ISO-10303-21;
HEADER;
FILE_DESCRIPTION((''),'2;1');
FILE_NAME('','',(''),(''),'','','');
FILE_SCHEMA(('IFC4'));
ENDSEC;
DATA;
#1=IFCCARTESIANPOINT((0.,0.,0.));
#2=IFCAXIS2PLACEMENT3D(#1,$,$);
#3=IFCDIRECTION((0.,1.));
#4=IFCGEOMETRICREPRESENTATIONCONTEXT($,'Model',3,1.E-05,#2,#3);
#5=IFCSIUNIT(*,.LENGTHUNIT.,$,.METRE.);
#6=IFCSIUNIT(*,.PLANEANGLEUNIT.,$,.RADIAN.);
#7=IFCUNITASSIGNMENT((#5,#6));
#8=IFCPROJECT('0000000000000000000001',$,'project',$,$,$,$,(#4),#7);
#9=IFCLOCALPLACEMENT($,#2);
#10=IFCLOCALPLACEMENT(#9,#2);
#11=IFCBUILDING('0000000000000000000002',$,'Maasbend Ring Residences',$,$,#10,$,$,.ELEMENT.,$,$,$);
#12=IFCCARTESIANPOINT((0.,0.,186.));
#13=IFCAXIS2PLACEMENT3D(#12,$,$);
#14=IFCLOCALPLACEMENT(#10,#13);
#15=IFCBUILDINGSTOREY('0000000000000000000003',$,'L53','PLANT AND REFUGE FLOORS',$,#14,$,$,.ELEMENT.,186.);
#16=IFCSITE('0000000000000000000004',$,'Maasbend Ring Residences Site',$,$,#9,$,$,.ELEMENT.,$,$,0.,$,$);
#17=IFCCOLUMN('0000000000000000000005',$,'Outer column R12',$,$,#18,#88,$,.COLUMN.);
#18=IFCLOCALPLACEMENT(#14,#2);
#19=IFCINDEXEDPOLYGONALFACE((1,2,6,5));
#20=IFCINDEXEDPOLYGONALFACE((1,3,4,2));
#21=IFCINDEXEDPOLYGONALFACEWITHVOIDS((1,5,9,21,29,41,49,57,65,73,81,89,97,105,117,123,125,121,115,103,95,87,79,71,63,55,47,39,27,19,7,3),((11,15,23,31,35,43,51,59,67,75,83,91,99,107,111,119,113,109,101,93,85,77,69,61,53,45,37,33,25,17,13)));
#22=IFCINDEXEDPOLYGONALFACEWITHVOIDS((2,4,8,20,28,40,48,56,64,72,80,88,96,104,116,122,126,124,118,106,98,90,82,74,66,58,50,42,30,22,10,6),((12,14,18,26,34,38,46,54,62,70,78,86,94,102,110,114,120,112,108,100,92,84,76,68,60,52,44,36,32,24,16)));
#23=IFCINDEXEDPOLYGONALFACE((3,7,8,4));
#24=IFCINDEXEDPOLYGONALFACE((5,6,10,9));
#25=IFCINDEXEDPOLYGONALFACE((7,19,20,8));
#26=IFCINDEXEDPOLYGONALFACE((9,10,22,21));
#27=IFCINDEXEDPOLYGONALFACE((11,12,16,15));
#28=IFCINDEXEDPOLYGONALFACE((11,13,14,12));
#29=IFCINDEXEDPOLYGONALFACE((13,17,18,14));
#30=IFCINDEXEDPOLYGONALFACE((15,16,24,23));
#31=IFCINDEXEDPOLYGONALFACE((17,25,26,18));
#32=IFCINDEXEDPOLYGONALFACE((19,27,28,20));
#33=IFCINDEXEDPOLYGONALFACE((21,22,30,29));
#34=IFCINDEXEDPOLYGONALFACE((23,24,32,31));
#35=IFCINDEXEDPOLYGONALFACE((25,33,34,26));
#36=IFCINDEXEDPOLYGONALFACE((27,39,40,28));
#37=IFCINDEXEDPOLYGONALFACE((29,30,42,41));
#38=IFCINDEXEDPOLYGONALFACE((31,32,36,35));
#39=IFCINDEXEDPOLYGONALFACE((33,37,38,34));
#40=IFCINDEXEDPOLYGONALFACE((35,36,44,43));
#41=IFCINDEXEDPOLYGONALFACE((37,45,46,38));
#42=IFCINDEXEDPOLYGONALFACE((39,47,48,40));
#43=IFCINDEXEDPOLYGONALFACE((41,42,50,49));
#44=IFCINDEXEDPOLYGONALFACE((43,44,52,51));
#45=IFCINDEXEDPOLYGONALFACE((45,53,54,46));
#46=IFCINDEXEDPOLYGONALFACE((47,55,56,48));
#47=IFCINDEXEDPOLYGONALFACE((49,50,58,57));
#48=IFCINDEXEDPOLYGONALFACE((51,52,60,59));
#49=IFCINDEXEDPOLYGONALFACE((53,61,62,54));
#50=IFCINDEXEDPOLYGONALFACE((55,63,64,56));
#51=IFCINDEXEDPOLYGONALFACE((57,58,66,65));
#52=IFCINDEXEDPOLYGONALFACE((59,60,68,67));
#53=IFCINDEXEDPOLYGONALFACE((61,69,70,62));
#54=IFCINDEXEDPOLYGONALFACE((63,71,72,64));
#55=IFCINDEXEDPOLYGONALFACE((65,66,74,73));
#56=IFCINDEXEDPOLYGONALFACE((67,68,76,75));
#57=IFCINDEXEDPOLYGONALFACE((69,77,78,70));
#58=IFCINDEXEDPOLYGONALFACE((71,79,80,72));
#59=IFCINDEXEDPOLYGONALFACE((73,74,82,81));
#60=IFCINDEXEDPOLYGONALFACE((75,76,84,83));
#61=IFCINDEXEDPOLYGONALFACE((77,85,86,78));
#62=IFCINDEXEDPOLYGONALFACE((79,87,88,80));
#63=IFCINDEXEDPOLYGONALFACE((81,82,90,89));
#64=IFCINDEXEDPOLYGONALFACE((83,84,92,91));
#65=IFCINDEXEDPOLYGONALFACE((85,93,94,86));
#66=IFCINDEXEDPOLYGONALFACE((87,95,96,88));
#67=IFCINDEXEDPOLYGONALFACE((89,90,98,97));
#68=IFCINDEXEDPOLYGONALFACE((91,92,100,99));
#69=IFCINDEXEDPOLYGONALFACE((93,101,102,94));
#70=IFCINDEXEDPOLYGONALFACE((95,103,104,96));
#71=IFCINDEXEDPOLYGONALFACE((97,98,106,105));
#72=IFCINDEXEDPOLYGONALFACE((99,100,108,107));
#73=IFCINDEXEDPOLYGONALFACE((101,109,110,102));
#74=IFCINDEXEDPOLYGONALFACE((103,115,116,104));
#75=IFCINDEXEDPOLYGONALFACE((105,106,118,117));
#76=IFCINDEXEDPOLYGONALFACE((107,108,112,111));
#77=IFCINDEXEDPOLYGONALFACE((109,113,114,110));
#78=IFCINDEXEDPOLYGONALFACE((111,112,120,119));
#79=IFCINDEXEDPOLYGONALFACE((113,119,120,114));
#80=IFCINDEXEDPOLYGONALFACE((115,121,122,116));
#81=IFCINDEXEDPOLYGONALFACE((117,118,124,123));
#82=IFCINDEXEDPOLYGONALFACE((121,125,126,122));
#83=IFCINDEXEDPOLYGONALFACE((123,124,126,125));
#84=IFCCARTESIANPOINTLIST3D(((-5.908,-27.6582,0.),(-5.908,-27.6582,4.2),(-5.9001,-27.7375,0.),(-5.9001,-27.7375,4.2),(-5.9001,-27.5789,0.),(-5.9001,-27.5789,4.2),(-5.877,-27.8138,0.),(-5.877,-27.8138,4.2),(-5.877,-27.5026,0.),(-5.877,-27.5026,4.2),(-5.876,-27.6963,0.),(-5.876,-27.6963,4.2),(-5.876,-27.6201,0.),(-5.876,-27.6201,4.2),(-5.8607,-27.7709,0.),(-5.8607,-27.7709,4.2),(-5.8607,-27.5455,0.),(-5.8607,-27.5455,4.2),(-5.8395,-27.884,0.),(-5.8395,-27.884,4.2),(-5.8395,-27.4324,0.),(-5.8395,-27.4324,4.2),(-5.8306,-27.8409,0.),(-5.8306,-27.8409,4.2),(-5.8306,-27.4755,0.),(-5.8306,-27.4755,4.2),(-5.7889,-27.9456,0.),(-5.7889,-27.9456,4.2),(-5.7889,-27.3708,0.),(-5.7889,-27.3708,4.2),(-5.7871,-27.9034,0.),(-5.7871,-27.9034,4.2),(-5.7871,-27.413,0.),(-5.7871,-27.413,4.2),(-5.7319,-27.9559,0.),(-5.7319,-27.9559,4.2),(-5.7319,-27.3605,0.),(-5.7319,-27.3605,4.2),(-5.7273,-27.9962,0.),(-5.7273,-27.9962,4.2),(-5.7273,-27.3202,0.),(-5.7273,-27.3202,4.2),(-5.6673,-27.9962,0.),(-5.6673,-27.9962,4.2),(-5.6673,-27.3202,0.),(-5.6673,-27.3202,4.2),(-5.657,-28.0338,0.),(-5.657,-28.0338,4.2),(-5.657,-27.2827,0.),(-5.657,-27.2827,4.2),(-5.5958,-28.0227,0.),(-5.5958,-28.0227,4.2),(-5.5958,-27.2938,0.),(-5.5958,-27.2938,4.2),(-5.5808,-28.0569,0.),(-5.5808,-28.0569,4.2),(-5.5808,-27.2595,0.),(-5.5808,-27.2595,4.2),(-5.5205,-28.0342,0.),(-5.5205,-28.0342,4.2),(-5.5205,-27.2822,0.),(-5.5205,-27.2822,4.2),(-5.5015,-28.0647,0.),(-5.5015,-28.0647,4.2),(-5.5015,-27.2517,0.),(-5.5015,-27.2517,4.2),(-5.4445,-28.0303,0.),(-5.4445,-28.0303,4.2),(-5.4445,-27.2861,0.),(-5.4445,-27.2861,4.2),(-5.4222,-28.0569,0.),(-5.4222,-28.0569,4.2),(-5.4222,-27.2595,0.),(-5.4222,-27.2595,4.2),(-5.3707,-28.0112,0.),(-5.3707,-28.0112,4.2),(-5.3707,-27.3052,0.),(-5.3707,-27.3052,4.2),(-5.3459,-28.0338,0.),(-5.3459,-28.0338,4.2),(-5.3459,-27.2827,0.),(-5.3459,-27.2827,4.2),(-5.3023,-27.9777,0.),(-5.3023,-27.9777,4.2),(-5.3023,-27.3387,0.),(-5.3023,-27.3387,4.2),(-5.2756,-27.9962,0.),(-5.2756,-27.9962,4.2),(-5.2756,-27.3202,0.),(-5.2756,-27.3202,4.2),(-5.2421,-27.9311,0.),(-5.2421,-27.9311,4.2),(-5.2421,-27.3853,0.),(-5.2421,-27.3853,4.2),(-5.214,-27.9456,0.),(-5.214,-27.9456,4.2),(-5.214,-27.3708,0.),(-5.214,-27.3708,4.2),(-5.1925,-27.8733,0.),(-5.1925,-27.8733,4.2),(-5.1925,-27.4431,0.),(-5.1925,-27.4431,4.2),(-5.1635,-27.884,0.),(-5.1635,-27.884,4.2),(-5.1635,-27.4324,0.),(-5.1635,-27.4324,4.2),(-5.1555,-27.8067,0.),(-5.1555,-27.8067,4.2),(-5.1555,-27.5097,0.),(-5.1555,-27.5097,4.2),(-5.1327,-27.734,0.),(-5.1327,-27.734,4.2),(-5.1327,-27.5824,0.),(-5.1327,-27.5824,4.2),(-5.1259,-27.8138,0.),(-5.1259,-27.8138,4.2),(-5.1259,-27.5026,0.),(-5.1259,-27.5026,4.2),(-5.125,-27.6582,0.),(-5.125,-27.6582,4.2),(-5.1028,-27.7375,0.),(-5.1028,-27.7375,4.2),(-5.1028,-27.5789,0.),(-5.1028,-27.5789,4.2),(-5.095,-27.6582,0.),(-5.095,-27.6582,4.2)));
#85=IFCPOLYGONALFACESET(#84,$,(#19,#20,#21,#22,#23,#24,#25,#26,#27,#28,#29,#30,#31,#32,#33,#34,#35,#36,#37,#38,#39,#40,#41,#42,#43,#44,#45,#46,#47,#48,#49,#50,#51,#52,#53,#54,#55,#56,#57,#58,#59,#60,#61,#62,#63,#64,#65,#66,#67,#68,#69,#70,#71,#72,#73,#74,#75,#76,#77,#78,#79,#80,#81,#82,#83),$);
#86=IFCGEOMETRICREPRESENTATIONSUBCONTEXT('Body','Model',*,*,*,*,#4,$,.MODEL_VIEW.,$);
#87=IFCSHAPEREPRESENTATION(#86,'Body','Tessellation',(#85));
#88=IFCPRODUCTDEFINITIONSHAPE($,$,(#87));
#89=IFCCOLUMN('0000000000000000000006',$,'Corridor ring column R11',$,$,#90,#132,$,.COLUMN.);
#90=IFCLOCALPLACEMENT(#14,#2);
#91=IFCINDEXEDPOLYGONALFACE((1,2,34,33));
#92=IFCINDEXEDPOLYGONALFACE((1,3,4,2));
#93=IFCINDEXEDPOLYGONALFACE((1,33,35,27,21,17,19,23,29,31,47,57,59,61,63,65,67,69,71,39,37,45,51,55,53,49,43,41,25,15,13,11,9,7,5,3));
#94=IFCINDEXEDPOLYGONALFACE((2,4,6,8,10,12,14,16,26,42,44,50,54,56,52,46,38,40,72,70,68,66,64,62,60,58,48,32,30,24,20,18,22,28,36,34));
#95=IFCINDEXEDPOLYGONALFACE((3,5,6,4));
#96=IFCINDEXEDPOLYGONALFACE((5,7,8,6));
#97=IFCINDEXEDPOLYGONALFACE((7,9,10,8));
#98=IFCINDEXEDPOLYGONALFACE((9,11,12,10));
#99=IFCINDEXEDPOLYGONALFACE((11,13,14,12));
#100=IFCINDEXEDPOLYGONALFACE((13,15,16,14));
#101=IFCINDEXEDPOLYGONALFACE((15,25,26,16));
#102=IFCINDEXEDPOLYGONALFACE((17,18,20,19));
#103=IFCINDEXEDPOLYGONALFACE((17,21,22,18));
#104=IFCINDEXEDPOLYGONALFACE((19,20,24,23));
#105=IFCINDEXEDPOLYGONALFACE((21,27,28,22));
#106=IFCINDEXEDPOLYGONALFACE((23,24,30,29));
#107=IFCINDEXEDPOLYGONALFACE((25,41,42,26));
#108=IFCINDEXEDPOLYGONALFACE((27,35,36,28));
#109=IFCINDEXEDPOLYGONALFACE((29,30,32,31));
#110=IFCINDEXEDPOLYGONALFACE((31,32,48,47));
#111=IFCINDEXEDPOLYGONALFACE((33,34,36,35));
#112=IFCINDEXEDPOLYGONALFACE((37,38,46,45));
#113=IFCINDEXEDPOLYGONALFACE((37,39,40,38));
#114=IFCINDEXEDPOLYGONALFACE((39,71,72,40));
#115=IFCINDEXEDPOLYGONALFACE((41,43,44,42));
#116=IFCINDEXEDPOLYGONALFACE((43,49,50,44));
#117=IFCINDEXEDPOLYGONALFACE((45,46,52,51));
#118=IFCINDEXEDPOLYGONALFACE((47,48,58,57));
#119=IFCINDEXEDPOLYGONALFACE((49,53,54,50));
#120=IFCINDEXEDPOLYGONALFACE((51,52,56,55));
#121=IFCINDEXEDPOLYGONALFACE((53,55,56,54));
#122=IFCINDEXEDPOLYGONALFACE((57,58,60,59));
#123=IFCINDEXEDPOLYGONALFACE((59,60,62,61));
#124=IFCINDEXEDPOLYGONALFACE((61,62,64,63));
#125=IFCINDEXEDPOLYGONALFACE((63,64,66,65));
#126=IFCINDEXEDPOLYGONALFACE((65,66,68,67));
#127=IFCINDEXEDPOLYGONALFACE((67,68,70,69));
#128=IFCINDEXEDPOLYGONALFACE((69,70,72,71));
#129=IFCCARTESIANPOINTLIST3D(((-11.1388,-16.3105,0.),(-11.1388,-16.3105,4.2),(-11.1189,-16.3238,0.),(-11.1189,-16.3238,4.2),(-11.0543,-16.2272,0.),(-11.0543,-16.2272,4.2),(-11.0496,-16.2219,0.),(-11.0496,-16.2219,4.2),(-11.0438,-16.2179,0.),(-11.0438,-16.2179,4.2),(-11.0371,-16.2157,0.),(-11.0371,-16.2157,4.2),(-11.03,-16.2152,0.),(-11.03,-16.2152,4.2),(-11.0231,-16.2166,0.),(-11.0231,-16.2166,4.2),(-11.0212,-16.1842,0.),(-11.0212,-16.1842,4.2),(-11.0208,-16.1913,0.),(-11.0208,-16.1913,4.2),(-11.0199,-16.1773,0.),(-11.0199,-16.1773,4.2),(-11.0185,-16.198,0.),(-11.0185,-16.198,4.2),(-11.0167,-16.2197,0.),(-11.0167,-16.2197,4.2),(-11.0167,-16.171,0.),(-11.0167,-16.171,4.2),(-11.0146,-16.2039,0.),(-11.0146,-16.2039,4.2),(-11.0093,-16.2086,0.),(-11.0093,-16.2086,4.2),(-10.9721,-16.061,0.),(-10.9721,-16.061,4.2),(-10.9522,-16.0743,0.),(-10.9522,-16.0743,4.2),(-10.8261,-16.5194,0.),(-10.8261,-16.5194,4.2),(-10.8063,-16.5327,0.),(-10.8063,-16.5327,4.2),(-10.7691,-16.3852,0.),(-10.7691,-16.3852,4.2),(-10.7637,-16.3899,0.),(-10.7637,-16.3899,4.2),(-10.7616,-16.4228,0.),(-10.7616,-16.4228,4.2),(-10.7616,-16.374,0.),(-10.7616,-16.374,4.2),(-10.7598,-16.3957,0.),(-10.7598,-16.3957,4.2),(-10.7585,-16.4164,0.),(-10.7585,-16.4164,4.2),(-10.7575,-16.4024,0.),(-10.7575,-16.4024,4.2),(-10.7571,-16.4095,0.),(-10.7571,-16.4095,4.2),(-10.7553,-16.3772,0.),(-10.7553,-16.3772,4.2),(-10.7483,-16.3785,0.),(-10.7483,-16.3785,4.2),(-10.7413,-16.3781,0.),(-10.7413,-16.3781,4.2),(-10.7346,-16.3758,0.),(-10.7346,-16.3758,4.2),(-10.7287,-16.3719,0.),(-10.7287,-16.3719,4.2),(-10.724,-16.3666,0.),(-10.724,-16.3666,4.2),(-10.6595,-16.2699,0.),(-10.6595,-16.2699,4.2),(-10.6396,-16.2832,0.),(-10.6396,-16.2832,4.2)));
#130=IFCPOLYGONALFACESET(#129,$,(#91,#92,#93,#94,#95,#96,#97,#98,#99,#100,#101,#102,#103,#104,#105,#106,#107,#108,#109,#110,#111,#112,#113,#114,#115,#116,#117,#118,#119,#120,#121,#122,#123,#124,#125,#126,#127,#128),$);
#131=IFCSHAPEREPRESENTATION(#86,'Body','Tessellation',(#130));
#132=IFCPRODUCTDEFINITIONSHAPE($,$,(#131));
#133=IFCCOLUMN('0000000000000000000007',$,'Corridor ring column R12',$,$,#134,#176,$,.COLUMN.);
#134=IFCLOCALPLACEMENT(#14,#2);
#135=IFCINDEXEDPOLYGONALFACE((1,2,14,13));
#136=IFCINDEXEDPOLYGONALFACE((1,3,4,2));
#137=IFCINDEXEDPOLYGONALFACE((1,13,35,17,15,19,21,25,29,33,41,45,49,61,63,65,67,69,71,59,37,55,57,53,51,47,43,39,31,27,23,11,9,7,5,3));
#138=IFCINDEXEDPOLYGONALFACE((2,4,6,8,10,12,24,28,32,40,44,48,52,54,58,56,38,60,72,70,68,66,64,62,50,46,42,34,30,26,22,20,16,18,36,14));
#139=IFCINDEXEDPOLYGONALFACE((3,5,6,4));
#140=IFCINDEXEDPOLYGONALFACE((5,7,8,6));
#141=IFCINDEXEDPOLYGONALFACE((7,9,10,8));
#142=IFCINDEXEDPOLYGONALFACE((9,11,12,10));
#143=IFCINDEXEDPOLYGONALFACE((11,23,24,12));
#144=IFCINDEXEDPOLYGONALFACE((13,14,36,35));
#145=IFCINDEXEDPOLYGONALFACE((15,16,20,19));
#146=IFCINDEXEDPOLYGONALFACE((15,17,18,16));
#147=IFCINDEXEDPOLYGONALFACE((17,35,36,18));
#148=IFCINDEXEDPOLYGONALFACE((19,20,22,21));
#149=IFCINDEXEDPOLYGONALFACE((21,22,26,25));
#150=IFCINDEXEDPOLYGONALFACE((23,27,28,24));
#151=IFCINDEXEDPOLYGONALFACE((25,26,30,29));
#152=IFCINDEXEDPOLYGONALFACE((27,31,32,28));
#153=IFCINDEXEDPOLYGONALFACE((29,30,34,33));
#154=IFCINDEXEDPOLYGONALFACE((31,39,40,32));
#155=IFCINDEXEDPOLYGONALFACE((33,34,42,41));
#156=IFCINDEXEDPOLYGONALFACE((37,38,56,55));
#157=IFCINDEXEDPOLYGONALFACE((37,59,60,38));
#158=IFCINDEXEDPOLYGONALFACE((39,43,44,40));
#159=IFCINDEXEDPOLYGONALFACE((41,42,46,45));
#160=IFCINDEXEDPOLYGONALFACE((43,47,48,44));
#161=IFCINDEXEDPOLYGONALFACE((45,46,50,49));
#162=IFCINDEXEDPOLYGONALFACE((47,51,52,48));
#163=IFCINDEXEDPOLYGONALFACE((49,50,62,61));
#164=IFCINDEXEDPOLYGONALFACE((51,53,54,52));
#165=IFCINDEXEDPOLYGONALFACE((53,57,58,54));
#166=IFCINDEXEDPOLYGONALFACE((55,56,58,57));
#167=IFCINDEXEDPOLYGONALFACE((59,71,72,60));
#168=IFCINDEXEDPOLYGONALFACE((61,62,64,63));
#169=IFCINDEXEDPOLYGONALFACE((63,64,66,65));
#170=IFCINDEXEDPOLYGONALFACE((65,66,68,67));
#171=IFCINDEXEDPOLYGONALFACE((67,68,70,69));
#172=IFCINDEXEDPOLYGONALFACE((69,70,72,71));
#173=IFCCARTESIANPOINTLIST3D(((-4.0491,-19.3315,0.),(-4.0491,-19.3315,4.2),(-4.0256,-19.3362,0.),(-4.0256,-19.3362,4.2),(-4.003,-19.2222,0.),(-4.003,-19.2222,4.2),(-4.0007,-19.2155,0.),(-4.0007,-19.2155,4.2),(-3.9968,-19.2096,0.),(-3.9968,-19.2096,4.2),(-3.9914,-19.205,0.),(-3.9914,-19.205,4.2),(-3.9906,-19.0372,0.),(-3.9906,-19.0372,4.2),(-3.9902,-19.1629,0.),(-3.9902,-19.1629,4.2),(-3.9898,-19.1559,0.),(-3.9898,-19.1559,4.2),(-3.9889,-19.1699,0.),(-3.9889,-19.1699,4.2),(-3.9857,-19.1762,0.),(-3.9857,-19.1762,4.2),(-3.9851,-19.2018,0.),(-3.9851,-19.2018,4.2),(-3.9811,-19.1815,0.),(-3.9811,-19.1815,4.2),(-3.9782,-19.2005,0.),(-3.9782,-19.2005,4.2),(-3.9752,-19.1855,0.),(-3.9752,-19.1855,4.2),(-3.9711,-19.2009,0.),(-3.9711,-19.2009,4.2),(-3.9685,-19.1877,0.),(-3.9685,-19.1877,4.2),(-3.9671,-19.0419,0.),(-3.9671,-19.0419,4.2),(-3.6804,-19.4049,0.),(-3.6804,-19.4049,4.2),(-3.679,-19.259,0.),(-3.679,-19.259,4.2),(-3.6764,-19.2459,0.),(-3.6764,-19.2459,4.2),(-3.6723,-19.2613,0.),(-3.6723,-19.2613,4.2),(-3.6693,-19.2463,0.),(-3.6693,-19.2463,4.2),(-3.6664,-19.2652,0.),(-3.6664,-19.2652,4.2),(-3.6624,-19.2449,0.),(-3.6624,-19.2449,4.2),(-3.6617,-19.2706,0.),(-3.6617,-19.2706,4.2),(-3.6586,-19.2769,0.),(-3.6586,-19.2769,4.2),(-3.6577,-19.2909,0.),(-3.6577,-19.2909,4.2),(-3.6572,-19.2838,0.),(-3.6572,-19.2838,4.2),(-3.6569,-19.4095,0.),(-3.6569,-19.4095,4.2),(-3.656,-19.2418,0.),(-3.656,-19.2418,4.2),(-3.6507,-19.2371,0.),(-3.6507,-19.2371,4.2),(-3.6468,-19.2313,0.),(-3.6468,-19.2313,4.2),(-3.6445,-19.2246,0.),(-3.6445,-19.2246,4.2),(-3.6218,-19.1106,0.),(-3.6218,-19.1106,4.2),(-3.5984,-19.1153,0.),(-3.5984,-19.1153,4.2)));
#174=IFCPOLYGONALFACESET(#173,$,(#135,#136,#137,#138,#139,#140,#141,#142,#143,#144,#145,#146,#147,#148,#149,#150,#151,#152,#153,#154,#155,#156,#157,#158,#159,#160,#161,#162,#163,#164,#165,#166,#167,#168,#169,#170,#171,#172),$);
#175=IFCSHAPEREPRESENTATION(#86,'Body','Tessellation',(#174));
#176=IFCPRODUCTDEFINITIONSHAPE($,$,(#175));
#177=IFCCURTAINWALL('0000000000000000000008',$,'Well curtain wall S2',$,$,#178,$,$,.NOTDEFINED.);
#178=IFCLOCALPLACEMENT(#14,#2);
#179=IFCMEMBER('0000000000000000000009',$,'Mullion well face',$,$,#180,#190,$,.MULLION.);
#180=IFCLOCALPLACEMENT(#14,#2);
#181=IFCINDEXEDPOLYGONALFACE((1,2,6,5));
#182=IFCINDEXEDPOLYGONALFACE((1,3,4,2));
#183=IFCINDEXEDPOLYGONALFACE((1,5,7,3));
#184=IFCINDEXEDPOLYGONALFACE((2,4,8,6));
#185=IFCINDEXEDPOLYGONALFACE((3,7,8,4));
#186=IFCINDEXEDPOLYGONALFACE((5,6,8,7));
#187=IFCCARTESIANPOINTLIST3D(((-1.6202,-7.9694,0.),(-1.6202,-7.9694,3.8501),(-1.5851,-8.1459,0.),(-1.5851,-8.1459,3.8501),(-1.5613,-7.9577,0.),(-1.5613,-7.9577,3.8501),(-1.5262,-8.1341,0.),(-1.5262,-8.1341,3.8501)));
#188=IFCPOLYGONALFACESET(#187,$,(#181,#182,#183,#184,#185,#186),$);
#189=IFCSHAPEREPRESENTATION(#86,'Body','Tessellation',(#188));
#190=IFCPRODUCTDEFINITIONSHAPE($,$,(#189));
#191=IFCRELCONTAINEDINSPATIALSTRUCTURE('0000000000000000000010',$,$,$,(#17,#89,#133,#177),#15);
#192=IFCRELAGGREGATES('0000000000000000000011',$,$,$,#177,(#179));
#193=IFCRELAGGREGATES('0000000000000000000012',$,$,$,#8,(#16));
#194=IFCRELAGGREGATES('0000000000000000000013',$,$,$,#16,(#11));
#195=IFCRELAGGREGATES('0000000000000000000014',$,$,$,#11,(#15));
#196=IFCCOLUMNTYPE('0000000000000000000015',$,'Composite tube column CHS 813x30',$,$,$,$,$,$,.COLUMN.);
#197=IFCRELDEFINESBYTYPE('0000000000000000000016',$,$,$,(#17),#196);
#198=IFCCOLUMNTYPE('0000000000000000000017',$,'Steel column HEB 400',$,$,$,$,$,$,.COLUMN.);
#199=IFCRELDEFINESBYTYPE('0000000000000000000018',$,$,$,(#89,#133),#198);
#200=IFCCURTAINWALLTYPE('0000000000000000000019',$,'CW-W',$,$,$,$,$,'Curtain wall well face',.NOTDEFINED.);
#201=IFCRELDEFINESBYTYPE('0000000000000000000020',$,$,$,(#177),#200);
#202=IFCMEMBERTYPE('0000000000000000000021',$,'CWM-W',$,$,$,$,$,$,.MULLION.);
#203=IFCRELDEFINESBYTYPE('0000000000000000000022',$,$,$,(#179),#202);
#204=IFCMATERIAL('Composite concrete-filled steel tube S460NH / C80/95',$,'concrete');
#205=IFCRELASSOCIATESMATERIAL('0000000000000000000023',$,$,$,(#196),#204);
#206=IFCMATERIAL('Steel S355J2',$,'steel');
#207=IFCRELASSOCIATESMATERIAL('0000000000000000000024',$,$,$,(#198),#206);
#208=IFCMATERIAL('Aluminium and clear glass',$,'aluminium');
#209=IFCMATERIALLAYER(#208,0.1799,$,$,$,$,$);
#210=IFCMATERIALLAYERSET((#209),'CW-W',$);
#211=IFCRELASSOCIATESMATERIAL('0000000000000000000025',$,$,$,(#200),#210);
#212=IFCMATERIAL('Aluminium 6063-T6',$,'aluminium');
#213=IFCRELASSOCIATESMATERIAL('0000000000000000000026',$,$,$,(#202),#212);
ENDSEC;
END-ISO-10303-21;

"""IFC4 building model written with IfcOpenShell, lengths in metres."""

from ifc_helpers import new_model, si_unit, direction, frame, origin, origin_2d, place, context, subcontext, project, spatial, rectangle, hollow_circle, i_section, extrude, material, layer, layer_set, material_profile, profile_set, type_object, element, aggregate, save


model = new_model("IFC4")

# Units and contexts
model_context = context("Model", 3, precision=1e-05, world=origin(), true_north=direction((0.0, 1.0)))
body_context = subcontext(model_context, "Body", "Model", "MODEL_VIEW")
ifc_project = project(units=[si_unit("LENGTHUNIT", "METRE"), si_unit("PLANEANGLEUNIT", "RADIAN")], contexts=[model_context])

# Site, building, storey
site_placement = place(None, origin())
site = spatial("IfcSite", under=ifc_project, at=site_placement, Name="Maasbend Ring Residences Site", CompositionType="ELEMENT", RefElevation=0.0)
building_placement = place(site_placement, origin())
building = spatial("IfcBuilding", under=site, at=building_placement, Name="Maasbend Ring Residences", CompositionType="ELEMENT")
storey_placement = place(building_placement, frame((0.0, 0.0, 186.0)))
storey = spatial("IfcBuildingStorey", under=building, at=storey_placement, Name="L53", Description="PLANT AND REFUGE FLOORS", CompositionType="ELEMENT", Elevation=186.0)

# Columns
ifc_material_1 = material(Name="Composite concrete-filled steel tube S460NH / C80/95", Category="concrete")
ifc_material_profile_1 = material_profile(ifc_material_1, hollow_circle(Radius=0.4065, WallThickness=0.03, at=origin_2d()), Name="Composite tube column CHS 813x30")
ifc_profile_set_1 = profile_set([ifc_material_profile_1], Name="Composite concrete-filled steel tube S460NH / C80/95")
column_type_1 = type_object("IfcColumnType", Name="Composite tube column CHS 813x30", PredefinedType="COLUMN", material=ifc_profile_set_1)
column_placement = place(storey_placement, frame((-5.5015, -27.6582, 0.0), z_axis=(0.0, 0.0, 1.0), x_axis=(1.0, 0.0, 0.0)))
element("IfcColumn", 1, at=column_placement, inside=storey, type_object=column_type_1, Name="Outer column R12", PredefinedType="COLUMN", context=body_context, shape_type="SweptSolid", body=[
    extrude(hollow_circle(Radius=0.4065, WallThickness=0.03, at=origin_2d()), origin(), (0.0, 0.0, 1.0), 4.2),
])
ifc_material_2 = material(Name="Steel S355J2", Category="steel")
ifc_material_profile_2 = material_profile(ifc_material_2, i_section(OverallWidth=0.3, OverallDepth=0.3999, WebThickness=0.0134, FlangeThickness=0.0239, FilletRadius=0.0271, at=origin_2d()), Name="HEB 400")
ifc_profile_set_2 = profile_set([ifc_material_profile_2], Name="Steel S355J2")
column_type_2 = type_object("IfcColumnType", Name="Steel column HEB 400", PredefinedType="COLUMN", material=ifc_profile_set_2)
for number, where, z_axis, x_axis, name in (
    (2, (-10.8892, -16.2969, 0.0), (0.0, 0.0, 1.0), (-0.55557, -0.83147, 0.0), "Corridor ring column R11"),
    (3, (-3.8237, -19.2234, 0.0), (0.0, 0.0, 1.0), (-0.19509, -0.980785, 0.0), "Corridor ring column R12"),
):
    element("IfcColumn", number, at=place(storey_placement, frame(where, z_axis=z_axis, x_axis=x_axis)), inside=storey, type_object=column_type_2, Name=name, PredefinedType="COLUMN", context=body_context, shape_type="SweptSolid", body=[
        extrude(i_section(OverallWidth=0.3, OverallDepth=0.3999, WebThickness=0.0134, FlangeThickness=0.0239, FilletRadius=0.0271, at=origin_2d()), origin(), (0.0, 0.0, 1.0), 4.2),
    ])

# Curtain wall, member
ifc_material_3 = material(Name="Aluminium and clear glass", Category="aluminium")
ifc_layer_1 = layer(ifc_material_3, 0.1799)
ifc_layer_set_1 = layer_set([ifc_layer_1], Name="CW-W")
curtain_wall_type = type_object("IfcCurtainWallType", Name="CW-W", ElementType="Curtain wall well face", PredefinedType="NOTDEFINED", material=ifc_layer_set_1)
curtain_wall_placement = place(storey_placement, origin())
curtain_wall = element("IfcCurtainWall", 4, at=curtain_wall_placement, inside=storey, type_object=curtain_wall_type, Name="Well curtain wall S2", PredefinedType="NOTDEFINED")
ifc_material_4 = material(Name="Aluminium 6063-T6", Category="aluminium")
ifc_material_profile_3 = material_profile(ifc_material_4, rectangle(XDim=0.1799, YDim=0.0601, at=origin_2d()), Name="AL 180x60")
ifc_profile_set_3 = profile_set([ifc_material_profile_3], Name="Aluminium 6063-T6")
member_type = type_object("IfcMemberType", Name="CWM-W", PredefinedType="MULLION", material=ifc_profile_set_3)
member_placement = place(storey_placement, frame((-1.5732, -8.0518, 0.0), z_axis=(0.0, 0.0, 1.0), x_axis=(-0.19509, 0.980785, 0.0)))
member = element("IfcMember", 5, at=member_placement, type_object=member_type, Name="Mullion well face", PredefinedType="MULLION", context=body_context, shape_type="SweptSolid", body=[
    extrude(rectangle(XDim=0.1799, YDim=0.0601, at=origin_2d()), origin(), (0.0, 0.0, 1.0), 3.8501),
])
aggregate(curtain_wall, [member])

save(model, "model.ifc")
